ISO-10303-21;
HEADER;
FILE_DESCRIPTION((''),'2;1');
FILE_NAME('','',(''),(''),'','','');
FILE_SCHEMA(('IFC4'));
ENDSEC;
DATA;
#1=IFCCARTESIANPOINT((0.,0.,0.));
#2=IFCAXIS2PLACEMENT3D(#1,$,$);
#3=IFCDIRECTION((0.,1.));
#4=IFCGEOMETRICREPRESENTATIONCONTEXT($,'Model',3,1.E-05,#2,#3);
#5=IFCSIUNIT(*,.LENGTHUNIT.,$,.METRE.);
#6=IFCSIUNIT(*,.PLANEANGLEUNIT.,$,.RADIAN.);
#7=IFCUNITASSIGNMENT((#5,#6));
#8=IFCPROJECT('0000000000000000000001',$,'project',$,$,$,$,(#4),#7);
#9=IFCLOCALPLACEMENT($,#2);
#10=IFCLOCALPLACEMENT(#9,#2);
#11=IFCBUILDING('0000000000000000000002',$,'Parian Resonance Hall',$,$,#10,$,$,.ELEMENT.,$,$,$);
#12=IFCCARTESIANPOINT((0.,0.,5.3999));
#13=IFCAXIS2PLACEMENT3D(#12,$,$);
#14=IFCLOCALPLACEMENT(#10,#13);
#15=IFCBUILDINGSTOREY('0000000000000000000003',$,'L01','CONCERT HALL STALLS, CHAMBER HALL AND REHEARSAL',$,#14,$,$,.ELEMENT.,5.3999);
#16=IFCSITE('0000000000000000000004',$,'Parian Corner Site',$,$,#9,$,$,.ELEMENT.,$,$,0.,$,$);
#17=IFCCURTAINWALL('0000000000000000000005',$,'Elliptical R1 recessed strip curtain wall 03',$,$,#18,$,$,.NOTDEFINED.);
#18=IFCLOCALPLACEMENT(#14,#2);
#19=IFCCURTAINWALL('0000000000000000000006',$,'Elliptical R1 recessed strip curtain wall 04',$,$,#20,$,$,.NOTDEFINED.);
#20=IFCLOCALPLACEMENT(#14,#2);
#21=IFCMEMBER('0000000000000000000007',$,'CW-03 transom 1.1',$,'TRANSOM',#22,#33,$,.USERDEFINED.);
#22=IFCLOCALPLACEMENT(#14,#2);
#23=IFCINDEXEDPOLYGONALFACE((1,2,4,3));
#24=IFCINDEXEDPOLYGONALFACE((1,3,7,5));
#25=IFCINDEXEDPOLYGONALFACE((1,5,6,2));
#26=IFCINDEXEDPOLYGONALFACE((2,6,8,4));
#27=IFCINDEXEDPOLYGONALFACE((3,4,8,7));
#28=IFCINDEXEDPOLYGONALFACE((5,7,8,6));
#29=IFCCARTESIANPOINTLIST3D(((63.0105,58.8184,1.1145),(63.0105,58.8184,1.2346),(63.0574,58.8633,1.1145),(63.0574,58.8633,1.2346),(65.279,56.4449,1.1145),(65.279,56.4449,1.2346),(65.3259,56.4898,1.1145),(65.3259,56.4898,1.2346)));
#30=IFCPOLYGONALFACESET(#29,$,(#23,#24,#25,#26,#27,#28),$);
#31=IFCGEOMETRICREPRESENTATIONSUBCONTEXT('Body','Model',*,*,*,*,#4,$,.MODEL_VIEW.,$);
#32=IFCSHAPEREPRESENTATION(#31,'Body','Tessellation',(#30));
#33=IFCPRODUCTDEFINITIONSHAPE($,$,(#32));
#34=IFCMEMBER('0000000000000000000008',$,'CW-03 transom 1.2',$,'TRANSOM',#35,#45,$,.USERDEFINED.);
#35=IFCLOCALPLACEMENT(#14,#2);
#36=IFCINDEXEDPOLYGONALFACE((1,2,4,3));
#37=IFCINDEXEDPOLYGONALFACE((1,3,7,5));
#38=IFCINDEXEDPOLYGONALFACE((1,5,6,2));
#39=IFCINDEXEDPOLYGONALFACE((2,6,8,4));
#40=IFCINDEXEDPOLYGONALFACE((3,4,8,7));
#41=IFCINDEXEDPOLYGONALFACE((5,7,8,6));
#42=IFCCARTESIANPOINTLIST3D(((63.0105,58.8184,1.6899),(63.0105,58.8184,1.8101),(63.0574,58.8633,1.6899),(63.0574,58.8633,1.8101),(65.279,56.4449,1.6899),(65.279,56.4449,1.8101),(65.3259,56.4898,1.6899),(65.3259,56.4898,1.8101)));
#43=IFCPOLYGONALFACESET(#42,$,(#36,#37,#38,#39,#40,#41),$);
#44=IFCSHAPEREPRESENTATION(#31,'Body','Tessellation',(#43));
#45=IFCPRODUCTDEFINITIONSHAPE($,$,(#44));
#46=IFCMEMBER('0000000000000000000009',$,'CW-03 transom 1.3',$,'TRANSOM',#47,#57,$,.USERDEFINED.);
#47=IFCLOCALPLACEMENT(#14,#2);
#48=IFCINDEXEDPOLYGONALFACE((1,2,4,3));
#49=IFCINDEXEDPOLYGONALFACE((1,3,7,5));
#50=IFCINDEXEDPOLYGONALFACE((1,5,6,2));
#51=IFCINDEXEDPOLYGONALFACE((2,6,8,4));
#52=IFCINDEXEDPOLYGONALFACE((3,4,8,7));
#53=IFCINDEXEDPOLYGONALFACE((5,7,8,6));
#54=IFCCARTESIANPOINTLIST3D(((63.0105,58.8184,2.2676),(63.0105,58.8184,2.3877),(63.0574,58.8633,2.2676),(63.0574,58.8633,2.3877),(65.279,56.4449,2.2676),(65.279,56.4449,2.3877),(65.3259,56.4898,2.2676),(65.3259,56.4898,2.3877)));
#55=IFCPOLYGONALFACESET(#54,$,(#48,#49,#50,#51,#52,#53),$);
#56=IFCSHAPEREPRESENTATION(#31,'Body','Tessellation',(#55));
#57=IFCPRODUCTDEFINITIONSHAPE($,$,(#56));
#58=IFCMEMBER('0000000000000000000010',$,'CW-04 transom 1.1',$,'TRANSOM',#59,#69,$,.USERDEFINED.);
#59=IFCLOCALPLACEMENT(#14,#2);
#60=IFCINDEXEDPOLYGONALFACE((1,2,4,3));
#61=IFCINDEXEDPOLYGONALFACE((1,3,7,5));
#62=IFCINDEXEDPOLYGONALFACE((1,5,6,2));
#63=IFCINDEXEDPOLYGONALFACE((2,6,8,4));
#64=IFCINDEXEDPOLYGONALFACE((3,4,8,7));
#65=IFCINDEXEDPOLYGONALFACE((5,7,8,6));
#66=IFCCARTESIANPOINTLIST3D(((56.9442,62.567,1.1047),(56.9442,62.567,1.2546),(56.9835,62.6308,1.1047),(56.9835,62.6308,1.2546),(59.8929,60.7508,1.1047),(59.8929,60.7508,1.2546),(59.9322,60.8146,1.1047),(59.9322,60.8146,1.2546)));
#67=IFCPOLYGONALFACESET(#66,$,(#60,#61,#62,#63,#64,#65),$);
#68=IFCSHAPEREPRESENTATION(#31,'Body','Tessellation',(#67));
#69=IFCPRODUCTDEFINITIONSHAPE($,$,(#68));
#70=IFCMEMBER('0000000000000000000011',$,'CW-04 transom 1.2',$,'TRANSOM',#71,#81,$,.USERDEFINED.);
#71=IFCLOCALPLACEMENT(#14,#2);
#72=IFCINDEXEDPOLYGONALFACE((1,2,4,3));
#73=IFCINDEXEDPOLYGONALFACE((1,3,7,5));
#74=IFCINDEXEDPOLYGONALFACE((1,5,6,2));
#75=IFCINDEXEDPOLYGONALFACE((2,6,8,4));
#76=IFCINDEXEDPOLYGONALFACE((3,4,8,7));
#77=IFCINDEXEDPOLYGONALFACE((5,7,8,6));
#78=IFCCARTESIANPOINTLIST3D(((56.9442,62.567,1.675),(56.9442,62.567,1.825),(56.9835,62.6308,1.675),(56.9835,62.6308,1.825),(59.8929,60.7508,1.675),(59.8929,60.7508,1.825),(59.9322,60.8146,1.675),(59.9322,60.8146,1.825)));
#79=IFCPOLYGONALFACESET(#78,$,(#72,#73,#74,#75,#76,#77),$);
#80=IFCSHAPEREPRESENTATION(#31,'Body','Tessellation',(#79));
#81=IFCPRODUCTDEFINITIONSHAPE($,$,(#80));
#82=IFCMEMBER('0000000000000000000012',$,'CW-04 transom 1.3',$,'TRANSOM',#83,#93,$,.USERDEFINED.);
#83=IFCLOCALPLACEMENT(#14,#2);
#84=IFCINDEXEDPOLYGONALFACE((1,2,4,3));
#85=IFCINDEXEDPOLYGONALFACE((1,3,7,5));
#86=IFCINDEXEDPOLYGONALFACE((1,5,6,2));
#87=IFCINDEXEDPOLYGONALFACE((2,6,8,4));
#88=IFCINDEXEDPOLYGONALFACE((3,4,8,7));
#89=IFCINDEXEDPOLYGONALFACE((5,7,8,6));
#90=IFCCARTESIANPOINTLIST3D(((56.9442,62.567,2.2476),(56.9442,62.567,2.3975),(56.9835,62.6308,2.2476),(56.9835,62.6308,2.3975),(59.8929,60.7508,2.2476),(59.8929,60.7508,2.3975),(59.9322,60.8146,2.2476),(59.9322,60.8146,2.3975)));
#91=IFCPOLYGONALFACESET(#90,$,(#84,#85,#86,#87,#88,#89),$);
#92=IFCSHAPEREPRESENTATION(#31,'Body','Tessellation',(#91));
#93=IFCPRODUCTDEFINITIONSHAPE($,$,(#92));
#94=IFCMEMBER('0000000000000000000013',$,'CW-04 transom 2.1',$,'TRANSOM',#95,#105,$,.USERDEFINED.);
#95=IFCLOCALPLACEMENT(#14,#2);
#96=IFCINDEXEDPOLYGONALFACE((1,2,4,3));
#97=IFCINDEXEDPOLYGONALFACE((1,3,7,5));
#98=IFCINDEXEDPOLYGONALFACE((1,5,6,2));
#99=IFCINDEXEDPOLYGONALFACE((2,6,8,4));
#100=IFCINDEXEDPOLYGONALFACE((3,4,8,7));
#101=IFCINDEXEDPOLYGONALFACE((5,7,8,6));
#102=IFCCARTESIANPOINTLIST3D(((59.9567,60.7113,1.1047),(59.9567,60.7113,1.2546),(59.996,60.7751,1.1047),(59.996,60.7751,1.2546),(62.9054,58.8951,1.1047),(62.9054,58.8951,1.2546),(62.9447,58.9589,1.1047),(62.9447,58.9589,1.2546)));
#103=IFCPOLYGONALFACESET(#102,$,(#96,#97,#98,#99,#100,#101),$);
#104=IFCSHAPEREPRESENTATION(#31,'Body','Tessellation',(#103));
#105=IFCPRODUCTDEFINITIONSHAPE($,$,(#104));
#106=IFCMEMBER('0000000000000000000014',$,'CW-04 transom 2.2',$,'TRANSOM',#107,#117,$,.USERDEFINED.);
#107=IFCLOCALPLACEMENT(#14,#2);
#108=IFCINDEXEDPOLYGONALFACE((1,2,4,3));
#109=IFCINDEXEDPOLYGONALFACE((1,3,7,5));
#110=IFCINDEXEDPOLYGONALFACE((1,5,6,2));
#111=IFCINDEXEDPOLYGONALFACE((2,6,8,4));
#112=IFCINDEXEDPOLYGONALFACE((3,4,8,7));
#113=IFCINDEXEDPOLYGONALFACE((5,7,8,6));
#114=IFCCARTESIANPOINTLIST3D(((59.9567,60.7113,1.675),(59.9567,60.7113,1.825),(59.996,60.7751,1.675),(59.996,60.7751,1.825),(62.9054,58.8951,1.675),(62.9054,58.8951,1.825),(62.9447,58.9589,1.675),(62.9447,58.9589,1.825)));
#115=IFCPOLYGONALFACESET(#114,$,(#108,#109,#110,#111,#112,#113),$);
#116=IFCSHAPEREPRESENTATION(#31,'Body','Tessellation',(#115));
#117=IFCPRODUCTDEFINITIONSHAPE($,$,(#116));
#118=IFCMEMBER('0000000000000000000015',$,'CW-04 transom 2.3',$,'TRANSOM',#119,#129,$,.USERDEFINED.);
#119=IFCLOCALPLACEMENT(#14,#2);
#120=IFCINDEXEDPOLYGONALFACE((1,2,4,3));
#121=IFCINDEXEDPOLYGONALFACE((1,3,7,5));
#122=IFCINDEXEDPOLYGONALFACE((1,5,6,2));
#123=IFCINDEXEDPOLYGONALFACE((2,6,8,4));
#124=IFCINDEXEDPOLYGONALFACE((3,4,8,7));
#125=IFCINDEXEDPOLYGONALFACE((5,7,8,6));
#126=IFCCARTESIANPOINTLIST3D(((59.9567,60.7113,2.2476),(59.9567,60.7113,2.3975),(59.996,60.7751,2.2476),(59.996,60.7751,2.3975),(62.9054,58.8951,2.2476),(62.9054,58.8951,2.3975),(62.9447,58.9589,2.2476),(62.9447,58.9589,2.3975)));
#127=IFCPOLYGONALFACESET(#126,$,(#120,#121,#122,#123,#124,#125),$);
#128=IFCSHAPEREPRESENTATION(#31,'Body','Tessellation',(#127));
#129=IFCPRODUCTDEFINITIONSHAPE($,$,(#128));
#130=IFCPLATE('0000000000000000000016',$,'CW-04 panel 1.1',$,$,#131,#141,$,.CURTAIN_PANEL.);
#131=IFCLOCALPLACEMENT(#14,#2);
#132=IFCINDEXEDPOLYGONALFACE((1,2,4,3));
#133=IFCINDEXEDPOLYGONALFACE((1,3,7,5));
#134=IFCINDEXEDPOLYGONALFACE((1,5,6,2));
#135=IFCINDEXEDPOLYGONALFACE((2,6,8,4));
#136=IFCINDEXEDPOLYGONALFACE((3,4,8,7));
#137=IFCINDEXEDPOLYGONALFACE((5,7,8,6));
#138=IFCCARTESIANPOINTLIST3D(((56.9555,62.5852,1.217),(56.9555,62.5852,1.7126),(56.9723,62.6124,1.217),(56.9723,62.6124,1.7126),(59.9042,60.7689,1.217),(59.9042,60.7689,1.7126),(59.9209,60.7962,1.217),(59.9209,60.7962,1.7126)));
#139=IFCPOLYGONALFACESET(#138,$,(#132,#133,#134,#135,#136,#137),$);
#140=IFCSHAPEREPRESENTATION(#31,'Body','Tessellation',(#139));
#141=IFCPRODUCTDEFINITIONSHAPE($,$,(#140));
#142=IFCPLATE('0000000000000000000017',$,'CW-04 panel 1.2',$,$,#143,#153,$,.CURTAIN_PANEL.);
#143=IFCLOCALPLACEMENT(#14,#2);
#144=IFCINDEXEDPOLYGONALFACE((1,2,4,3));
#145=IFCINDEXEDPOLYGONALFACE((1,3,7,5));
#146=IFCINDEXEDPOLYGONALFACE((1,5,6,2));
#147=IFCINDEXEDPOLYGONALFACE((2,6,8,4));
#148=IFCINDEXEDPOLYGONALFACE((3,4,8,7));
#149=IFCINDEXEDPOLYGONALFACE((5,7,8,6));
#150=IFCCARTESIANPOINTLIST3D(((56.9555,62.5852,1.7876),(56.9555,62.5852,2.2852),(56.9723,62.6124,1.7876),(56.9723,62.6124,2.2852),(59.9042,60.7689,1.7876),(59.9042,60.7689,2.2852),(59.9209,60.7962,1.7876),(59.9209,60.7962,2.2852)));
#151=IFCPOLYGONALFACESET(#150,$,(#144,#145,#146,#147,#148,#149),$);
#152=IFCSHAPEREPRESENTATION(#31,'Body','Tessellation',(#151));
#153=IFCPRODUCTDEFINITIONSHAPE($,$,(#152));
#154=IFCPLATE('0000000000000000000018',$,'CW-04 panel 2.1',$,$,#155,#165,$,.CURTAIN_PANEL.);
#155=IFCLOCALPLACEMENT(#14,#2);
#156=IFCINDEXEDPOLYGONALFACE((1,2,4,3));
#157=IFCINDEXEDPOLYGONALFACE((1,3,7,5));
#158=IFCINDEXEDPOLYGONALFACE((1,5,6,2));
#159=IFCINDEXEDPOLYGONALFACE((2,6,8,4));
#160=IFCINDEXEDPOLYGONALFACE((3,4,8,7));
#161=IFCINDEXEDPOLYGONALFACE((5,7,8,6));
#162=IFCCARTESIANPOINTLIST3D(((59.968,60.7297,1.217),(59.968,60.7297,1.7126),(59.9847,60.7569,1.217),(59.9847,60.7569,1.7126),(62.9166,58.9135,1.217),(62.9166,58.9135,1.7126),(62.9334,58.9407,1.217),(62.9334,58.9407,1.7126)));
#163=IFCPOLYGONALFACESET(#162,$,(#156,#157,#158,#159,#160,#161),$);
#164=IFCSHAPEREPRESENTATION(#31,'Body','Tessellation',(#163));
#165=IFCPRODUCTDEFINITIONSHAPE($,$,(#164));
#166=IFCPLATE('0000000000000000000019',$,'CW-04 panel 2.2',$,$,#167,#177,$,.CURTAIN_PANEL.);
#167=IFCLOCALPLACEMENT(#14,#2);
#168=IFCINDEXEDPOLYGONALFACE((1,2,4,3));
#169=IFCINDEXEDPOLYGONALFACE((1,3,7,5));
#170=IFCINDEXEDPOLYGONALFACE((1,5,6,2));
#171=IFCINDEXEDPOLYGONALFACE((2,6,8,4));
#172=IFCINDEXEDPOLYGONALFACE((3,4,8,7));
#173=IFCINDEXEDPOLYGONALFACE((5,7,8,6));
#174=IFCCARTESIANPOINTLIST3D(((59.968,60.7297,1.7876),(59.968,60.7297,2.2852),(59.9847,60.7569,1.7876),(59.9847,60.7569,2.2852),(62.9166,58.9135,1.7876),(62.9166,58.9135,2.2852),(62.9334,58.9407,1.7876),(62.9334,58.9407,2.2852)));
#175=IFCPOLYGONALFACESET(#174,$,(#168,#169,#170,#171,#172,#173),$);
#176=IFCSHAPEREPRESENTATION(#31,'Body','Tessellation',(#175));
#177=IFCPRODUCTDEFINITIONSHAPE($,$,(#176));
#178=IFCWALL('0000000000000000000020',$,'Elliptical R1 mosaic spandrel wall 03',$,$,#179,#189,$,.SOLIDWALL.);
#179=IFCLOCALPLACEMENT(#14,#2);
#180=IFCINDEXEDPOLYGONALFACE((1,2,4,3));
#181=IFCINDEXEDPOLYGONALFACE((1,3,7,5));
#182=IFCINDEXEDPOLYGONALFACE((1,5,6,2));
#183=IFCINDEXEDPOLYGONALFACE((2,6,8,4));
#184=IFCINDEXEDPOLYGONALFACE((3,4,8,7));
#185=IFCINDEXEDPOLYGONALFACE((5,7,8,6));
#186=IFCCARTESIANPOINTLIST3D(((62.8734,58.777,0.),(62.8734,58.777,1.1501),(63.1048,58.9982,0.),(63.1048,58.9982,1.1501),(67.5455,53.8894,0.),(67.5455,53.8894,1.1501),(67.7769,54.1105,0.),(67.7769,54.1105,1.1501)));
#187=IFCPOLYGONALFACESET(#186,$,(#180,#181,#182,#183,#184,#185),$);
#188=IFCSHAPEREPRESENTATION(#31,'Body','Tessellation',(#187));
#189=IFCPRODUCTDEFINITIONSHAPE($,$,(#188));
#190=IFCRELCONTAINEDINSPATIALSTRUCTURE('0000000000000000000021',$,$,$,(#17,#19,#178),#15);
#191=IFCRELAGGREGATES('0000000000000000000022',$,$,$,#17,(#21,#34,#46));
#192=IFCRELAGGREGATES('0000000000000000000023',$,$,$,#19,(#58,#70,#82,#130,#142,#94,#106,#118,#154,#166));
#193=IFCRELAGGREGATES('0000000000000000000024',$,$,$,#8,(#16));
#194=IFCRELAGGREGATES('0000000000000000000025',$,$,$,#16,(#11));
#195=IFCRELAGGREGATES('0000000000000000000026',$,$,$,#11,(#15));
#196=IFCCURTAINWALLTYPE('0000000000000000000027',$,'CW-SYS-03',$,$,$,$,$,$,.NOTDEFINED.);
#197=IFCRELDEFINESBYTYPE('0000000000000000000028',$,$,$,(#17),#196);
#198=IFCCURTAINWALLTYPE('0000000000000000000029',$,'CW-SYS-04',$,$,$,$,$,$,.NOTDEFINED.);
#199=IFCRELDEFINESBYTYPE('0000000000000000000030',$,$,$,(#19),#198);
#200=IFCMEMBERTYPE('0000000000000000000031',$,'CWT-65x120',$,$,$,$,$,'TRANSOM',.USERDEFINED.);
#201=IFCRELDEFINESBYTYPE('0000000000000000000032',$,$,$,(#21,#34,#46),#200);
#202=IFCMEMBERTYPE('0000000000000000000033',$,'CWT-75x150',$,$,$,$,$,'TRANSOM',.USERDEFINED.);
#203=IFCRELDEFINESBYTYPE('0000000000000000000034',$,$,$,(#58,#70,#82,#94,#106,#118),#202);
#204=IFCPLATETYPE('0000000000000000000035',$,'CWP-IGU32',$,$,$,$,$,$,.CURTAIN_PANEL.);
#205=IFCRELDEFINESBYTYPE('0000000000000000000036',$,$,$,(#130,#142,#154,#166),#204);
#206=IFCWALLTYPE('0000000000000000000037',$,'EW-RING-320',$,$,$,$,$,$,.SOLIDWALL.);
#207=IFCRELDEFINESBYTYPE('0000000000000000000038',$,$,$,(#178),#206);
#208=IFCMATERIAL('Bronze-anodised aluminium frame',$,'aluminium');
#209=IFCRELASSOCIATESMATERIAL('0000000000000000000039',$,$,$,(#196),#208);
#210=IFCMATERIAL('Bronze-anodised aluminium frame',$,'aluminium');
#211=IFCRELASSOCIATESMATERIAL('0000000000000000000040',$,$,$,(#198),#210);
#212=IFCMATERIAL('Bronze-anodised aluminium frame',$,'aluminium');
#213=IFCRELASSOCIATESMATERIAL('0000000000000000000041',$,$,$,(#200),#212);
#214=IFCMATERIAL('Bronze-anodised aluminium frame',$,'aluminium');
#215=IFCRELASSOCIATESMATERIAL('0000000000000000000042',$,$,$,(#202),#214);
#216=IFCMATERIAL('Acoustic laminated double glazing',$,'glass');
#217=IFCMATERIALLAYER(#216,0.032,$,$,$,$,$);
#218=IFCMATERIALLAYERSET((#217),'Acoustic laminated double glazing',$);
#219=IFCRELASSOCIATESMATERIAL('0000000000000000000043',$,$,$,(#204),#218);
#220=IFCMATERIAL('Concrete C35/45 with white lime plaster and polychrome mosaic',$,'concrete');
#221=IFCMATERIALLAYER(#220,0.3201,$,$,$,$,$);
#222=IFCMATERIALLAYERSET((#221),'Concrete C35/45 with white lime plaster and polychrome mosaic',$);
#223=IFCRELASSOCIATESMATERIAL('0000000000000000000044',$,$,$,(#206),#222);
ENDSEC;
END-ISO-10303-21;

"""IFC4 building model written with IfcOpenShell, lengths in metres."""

from ifc_helpers import new_model, si_unit, direction, frame, frame_2d, origin, origin_2d, place, context, subcontext, project, spatial, rectangle, extrude, material, layer, layer_set, material_profile, profile_set, type_object, element, aggregate, save


model = new_model("IFC4")

# Units and contexts
model_context = context("Model", 3, precision=1e-05, world=origin(), true_north=direction((0.0, 1.0)))
body_context = subcontext(model_context, "Body", "Model", "MODEL_VIEW")
ifc_project = project(units=[si_unit("LENGTHUNIT", "METRE"), si_unit("PLANEANGLEUNIT", "RADIAN")], contexts=[model_context])

# Site, building, storey
site_placement = place(None, origin())
site = spatial("IfcSite", under=ifc_project, at=site_placement, Name="Parian Corner Site", CompositionType="ELEMENT", RefElevation=0.0)
building_placement = place(site_placement, origin())
building = spatial("IfcBuilding", under=site, at=building_placement, Name="Parian Resonance Hall", CompositionType="ELEMENT")
storey_placement = place(building_placement, frame((0.0, 0.0, 5.3999)))
storey = spatial("IfcBuildingStorey", under=building, at=storey_placement, Name="L01", Description="CONCERT HALL STALLS, CHAMBER HALL AND REHEARSAL", CompositionType="ELEMENT", Elevation=5.3999)

# Curtain wall
ifc_material_1 = material(Name="Bronze-anodised aluminium frame", Category="aluminium")
curtain_wall_type_1 = type_object("IfcCurtainWallType", Name="CW-SYS-03", PredefinedType="NOTDEFINED", material=ifc_material_1)
curtain_wall_1_placement = place(storey_placement, origin())
curtain_wall_1 = element("IfcCurtainWall", 1, at=curtain_wall_1_placement, inside=storey, type_object=curtain_wall_type_1, Name="Elliptical R1 recessed strip curtain wall 03", PredefinedType="NOTDEFINED")

# Curtain wall
ifc_material_2 = material(Name="Bronze-anodised aluminium frame", Category="aluminium")
curtain_wall_type_2 = type_object("IfcCurtainWallType", Name="CW-SYS-04", PredefinedType="NOTDEFINED", material=ifc_material_2)
curtain_wall_2_placement = place(storey_placement, origin())
curtain_wall_2 = element("IfcCurtainWall", 2, at=curtain_wall_2_placement, inside=storey, type_object=curtain_wall_type_2, Name="Elliptical R1 recessed strip curtain wall 04", PredefinedType="NOTDEFINED")

# Members
ifc_material_3 = material(Name="Bronze-anodised aluminium frame", Category="aluminium")
ifc_material_profile_1 = material_profile(ifc_material_3, rectangle(XDim=0.0649, YDim=0.1201, at=origin_2d()), Name="CWT-65x120")
ifc_profile_set_1 = profile_set([ifc_material_profile_1], Name="Bronze-anodised aluminium frame")
member_type_1 = type_object("IfcMemberType", Name="CWT-65x120", ElementType="TRANSOM", PredefinedType="USERDEFINED", material=ifc_profile_set_1)
member_1_placement = place(storey_placement, frame((63.0339, 58.8408, 1.1746), z_axis=(0.690939, -0.722913, 0.0), x_axis=(0.722913, 0.690939, 0.0)))
member_1 = element("IfcMember", 3, at=member_1_placement, type_object=member_type_1, Name="CW-03 transom 1.1", ObjectType="TRANSOM", PredefinedType="USERDEFINED", context=body_context, shape_type="SweptSolid", body=[
    extrude(rectangle(XDim=0.0649, YDim=0.1201, at=origin_2d()), origin(), (0.0, 0.0, 1.0), 3.2832),
])
member_2_placement = place(storey_placement, frame((63.0339, 58.8408, 1.75), z_axis=(0.690939, -0.722913, 0.0), x_axis=(0.722913, 0.690939, 0.0)))
member_2 = element("IfcMember", 4, at=member_2_placement, type_object=member_type_1, Name="CW-03 transom 1.2", ObjectType="TRANSOM", PredefinedType="USERDEFINED", context=body_context, shape_type="SweptSolid", body=[
    extrude(rectangle(XDim=0.0649, YDim=0.1201, at=origin_2d()), origin(), (0.0, 0.0, 1.0), 3.2832),
])
member_3_placement = place(storey_placement, frame((63.0339, 58.8408, 2.3276), z_axis=(0.690939, -0.722913, 0.0), x_axis=(0.722913, 0.690939, 0.0)))
member_3 = element("IfcMember", 5, at=member_3_placement, type_object=member_type_1, Name="CW-03 transom 1.3", ObjectType="TRANSOM", PredefinedType="USERDEFINED", context=body_context, shape_type="SweptSolid", body=[
    extrude(rectangle(XDim=0.0649, YDim=0.1201, at=origin_2d()), origin(), (0.0, 0.0, 1.0), 3.2832),
])
aggregate(curtain_wall_1, [member_1, member_2, member_3])
ifc_material_4 = material(Name="Bronze-anodised aluminium frame", Category="aluminium")
ifc_material_profile_2 = material_profile(ifc_material_4, rectangle(XDim=0.075, YDim=0.1499, at=origin_2d()), Name="CWT-75x150")
ifc_profile_set_2 = profile_set([ifc_material_profile_2], Name="Bronze-anodised aluminium frame")
member_type_2 = type_object("IfcMemberType", Name="CWT-75x150", ElementType="TRANSOM", PredefinedType="USERDEFINED", material=ifc_profile_set_2)
member_4_placement = place(storey_placement, frame((56.9639, 62.5989, 1.1797), z_axis=(0.851457, -0.524424, 0.0), x_axis=(0.524424, 0.851457, 0.0)))
member_4 = element("IfcMember", 6, at=member_4_placement, type_object=member_type_2, Name="CW-04 transom 1.1", ObjectType="TRANSOM", PredefinedType="USERDEFINED", context=body_context, shape_type="SweptSolid", body=[
    extrude(rectangle(XDim=0.075, YDim=0.1499, at=origin_2d()), origin(), (0.0, 0.0, 1.0), 3.4631),
])
member_5_placement = place(storey_placement, frame((56.9639, 62.5989, 1.75), z_axis=(0.851457, -0.524424, 0.0), x_axis=(0.524424, 0.851457, 0.0)))
member_5 = element("IfcMember", 7, at=member_5_placement, type_object=member_type_2, Name="CW-04 transom 1.2", ObjectType="TRANSOM", PredefinedType="USERDEFINED", context=body_context, shape_type="SweptSolid", body=[
    extrude(rectangle(XDim=0.075, YDim=0.1499, at=origin_2d()), origin(), (0.0, 0.0, 1.0), 3.4631),
])
member_6_placement = place(storey_placement, frame((56.9639, 62.5989, 2.3225), z_axis=(0.851457, -0.524424, 0.0), x_axis=(0.524424, 0.851457, 0.0)))
member_6 = element("IfcMember", 8, at=member_6_placement, type_object=member_type_2, Name="CW-04 transom 1.3", ObjectType="TRANSOM", PredefinedType="USERDEFINED", context=body_context, shape_type="SweptSolid", body=[
    extrude(rectangle(XDim=0.075, YDim=0.1499, at=origin_2d()), origin(), (0.0, 0.0, 1.0), 3.4631),
])
member_7_placement = place(storey_placement, frame((59.9763, 60.7432, 1.1797), z_axis=(0.851457, -0.524424, 0.0), x_axis=(0.524424, 0.851457, 0.0)))
member_7 = element("IfcMember", 9, at=member_7_placement, type_object=member_type_2, Name="CW-04 transom 2.1", ObjectType="TRANSOM", PredefinedType="USERDEFINED", context=body_context, shape_type="SweptSolid", body=[
    extrude(rectangle(XDim=0.075, YDim=0.1499, at=origin_2d()), origin(), (0.0, 0.0, 1.0), 3.4631),
])
member_8_placement = place(storey_placement, frame((59.9763, 60.7432, 1.75), z_axis=(0.851457, -0.524424, 0.0), x_axis=(0.524424, 0.851457, 0.0)))
member_8 = element("IfcMember", 10, at=member_8_placement, type_object=member_type_2, Name="CW-04 transom 2.2", ObjectType="TRANSOM", PredefinedType="USERDEFINED", context=body_context, shape_type="SweptSolid", body=[
    extrude(rectangle(XDim=0.075, YDim=0.1499, at=origin_2d()), origin(), (0.0, 0.0, 1.0), 3.4631),
])
member_9_placement = place(storey_placement, frame((59.9763, 60.7432, 2.3225), z_axis=(0.851457, -0.524424, 0.0), x_axis=(0.524424, 0.851457, 0.0)))
member_9 = element("IfcMember", 11, at=member_9_placement, type_object=member_type_2, Name="CW-04 transom 2.3", ObjectType="TRANSOM", PredefinedType="USERDEFINED", context=body_context, shape_type="SweptSolid", body=[
    extrude(rectangle(XDim=0.075, YDim=0.1499, at=origin_2d()), origin(), (0.0, 0.0, 1.0), 3.4631),
])

# Plates
ifc_material_5 = material(Name="Acoustic laminated double glazing", Category="glass")
ifc_layer_1 = layer(ifc_material_5, 0.032)
ifc_layer_set_1 = layer_set([ifc_layer_1], Name="Acoustic laminated double glazing")
plate_type = type_object("IfcPlateType", Name="CWP-IGU32", PredefinedType="CURTAIN_PANEL", material=ifc_layer_set_1)
plate_1_placement = place(storey_placement, frame((58.4382, 61.6907, 1.217), z_axis=(0.0, 0.0, 1.0), x_axis=(0.851441, -0.524451, 0.0)))
plate_1 = element("IfcPlate", 12, at=plate_1_placement, type_object=plate_type, Name="CW-04 panel 1.1", PredefinedType="CURTAIN_PANEL", context=body_context, shape_type="SweptSolid", body=[
    extrude(rectangle(XDim=3.4631, YDim=0.032, at=origin_2d()), origin(), (0.0, 0.0, 1.0), 0.4956),
])
plate_2_placement = place(storey_placement, frame((58.4382, 61.6907, 1.7876), z_axis=(0.0, 0.0, 1.0), x_axis=(0.851441, -0.524451, 0.0)))
plate_2 = element("IfcPlate", 13, at=plate_2_placement, type_object=plate_type, Name="CW-04 panel 1.2", PredefinedType="CURTAIN_PANEL", context=body_context, shape_type="SweptSolid", body=[
    extrude(rectangle(XDim=3.4631, YDim=0.032, at=origin_2d()), origin(), (0.0, 0.0, 1.0), 0.4976),
])
plate_3_placement = place(storey_placement, frame((61.4507, 59.8352, 1.217), z_axis=(0.0, 0.0, 1.0), x_axis=(0.851441, -0.524451, 0.0)))
plate_3 = element("IfcPlate", 14, at=plate_3_placement, type_object=plate_type, Name="CW-04 panel 2.1", PredefinedType="CURTAIN_PANEL", context=body_context, shape_type="SweptSolid", body=[
    extrude(rectangle(XDim=3.4631, YDim=0.032, at=origin_2d()), origin(), (0.0, 0.0, 1.0), 0.4956),
])
plate_4_placement = place(storey_placement, frame((61.4507, 59.8352, 1.7876), z_axis=(0.0, 0.0, 1.0), x_axis=(0.851441, -0.524451, 0.0)))
plate_4 = element("IfcPlate", 15, at=plate_4_placement, type_object=plate_type, Name="CW-04 panel 2.2", PredefinedType="CURTAIN_PANEL", context=body_context, shape_type="SweptSolid", body=[
    extrude(rectangle(XDim=3.4631, YDim=0.032, at=origin_2d()), origin(), (0.0, 0.0, 1.0), 0.4976),
])
aggregate(curtain_wall_2, [member_4, member_5, member_6, plate_1, plate_2, member_7, member_8, member_9, plate_3, plate_4])

# Wall
ifc_material_6 = material(Name="Concrete C35/45 with white lime plaster and polychrome mosaic", Category="concrete")
ifc_layer_2 = layer(ifc_material_6, 0.3201)
ifc_layer_set_2 = layer_set([ifc_layer_2], Name="Concrete C35/45 with white lime plaster and polychrome mosaic")
wall_type_1 = type_object("IfcWallType", Name="EW-RING-320", PredefinedType="SOLIDWALL", material=ifc_layer_set_2)
wall_1_placement = place(storey_placement, frame((62.989, 58.8877, 0.0), z_axis=(0.0, 0.0, 1.0), x_axis=(0.690986, -0.722868, 0.0)))
element("IfcWall", 16, at=wall_1_placement, inside=storey, type_object=wall_type_1, Name="Elliptical R1 mosaic spandrel wall 03", PredefinedType="SOLIDWALL", context=body_context, shape_type="SweptSolid", body=[
    extrude(rectangle(XDim=6.7615, YDim=0.3201, at=frame_2d((3.3809, 0.0))), origin(), (0.0, 0.0, 1.0), 1.1501),
])

save(model, "model.ifc")
